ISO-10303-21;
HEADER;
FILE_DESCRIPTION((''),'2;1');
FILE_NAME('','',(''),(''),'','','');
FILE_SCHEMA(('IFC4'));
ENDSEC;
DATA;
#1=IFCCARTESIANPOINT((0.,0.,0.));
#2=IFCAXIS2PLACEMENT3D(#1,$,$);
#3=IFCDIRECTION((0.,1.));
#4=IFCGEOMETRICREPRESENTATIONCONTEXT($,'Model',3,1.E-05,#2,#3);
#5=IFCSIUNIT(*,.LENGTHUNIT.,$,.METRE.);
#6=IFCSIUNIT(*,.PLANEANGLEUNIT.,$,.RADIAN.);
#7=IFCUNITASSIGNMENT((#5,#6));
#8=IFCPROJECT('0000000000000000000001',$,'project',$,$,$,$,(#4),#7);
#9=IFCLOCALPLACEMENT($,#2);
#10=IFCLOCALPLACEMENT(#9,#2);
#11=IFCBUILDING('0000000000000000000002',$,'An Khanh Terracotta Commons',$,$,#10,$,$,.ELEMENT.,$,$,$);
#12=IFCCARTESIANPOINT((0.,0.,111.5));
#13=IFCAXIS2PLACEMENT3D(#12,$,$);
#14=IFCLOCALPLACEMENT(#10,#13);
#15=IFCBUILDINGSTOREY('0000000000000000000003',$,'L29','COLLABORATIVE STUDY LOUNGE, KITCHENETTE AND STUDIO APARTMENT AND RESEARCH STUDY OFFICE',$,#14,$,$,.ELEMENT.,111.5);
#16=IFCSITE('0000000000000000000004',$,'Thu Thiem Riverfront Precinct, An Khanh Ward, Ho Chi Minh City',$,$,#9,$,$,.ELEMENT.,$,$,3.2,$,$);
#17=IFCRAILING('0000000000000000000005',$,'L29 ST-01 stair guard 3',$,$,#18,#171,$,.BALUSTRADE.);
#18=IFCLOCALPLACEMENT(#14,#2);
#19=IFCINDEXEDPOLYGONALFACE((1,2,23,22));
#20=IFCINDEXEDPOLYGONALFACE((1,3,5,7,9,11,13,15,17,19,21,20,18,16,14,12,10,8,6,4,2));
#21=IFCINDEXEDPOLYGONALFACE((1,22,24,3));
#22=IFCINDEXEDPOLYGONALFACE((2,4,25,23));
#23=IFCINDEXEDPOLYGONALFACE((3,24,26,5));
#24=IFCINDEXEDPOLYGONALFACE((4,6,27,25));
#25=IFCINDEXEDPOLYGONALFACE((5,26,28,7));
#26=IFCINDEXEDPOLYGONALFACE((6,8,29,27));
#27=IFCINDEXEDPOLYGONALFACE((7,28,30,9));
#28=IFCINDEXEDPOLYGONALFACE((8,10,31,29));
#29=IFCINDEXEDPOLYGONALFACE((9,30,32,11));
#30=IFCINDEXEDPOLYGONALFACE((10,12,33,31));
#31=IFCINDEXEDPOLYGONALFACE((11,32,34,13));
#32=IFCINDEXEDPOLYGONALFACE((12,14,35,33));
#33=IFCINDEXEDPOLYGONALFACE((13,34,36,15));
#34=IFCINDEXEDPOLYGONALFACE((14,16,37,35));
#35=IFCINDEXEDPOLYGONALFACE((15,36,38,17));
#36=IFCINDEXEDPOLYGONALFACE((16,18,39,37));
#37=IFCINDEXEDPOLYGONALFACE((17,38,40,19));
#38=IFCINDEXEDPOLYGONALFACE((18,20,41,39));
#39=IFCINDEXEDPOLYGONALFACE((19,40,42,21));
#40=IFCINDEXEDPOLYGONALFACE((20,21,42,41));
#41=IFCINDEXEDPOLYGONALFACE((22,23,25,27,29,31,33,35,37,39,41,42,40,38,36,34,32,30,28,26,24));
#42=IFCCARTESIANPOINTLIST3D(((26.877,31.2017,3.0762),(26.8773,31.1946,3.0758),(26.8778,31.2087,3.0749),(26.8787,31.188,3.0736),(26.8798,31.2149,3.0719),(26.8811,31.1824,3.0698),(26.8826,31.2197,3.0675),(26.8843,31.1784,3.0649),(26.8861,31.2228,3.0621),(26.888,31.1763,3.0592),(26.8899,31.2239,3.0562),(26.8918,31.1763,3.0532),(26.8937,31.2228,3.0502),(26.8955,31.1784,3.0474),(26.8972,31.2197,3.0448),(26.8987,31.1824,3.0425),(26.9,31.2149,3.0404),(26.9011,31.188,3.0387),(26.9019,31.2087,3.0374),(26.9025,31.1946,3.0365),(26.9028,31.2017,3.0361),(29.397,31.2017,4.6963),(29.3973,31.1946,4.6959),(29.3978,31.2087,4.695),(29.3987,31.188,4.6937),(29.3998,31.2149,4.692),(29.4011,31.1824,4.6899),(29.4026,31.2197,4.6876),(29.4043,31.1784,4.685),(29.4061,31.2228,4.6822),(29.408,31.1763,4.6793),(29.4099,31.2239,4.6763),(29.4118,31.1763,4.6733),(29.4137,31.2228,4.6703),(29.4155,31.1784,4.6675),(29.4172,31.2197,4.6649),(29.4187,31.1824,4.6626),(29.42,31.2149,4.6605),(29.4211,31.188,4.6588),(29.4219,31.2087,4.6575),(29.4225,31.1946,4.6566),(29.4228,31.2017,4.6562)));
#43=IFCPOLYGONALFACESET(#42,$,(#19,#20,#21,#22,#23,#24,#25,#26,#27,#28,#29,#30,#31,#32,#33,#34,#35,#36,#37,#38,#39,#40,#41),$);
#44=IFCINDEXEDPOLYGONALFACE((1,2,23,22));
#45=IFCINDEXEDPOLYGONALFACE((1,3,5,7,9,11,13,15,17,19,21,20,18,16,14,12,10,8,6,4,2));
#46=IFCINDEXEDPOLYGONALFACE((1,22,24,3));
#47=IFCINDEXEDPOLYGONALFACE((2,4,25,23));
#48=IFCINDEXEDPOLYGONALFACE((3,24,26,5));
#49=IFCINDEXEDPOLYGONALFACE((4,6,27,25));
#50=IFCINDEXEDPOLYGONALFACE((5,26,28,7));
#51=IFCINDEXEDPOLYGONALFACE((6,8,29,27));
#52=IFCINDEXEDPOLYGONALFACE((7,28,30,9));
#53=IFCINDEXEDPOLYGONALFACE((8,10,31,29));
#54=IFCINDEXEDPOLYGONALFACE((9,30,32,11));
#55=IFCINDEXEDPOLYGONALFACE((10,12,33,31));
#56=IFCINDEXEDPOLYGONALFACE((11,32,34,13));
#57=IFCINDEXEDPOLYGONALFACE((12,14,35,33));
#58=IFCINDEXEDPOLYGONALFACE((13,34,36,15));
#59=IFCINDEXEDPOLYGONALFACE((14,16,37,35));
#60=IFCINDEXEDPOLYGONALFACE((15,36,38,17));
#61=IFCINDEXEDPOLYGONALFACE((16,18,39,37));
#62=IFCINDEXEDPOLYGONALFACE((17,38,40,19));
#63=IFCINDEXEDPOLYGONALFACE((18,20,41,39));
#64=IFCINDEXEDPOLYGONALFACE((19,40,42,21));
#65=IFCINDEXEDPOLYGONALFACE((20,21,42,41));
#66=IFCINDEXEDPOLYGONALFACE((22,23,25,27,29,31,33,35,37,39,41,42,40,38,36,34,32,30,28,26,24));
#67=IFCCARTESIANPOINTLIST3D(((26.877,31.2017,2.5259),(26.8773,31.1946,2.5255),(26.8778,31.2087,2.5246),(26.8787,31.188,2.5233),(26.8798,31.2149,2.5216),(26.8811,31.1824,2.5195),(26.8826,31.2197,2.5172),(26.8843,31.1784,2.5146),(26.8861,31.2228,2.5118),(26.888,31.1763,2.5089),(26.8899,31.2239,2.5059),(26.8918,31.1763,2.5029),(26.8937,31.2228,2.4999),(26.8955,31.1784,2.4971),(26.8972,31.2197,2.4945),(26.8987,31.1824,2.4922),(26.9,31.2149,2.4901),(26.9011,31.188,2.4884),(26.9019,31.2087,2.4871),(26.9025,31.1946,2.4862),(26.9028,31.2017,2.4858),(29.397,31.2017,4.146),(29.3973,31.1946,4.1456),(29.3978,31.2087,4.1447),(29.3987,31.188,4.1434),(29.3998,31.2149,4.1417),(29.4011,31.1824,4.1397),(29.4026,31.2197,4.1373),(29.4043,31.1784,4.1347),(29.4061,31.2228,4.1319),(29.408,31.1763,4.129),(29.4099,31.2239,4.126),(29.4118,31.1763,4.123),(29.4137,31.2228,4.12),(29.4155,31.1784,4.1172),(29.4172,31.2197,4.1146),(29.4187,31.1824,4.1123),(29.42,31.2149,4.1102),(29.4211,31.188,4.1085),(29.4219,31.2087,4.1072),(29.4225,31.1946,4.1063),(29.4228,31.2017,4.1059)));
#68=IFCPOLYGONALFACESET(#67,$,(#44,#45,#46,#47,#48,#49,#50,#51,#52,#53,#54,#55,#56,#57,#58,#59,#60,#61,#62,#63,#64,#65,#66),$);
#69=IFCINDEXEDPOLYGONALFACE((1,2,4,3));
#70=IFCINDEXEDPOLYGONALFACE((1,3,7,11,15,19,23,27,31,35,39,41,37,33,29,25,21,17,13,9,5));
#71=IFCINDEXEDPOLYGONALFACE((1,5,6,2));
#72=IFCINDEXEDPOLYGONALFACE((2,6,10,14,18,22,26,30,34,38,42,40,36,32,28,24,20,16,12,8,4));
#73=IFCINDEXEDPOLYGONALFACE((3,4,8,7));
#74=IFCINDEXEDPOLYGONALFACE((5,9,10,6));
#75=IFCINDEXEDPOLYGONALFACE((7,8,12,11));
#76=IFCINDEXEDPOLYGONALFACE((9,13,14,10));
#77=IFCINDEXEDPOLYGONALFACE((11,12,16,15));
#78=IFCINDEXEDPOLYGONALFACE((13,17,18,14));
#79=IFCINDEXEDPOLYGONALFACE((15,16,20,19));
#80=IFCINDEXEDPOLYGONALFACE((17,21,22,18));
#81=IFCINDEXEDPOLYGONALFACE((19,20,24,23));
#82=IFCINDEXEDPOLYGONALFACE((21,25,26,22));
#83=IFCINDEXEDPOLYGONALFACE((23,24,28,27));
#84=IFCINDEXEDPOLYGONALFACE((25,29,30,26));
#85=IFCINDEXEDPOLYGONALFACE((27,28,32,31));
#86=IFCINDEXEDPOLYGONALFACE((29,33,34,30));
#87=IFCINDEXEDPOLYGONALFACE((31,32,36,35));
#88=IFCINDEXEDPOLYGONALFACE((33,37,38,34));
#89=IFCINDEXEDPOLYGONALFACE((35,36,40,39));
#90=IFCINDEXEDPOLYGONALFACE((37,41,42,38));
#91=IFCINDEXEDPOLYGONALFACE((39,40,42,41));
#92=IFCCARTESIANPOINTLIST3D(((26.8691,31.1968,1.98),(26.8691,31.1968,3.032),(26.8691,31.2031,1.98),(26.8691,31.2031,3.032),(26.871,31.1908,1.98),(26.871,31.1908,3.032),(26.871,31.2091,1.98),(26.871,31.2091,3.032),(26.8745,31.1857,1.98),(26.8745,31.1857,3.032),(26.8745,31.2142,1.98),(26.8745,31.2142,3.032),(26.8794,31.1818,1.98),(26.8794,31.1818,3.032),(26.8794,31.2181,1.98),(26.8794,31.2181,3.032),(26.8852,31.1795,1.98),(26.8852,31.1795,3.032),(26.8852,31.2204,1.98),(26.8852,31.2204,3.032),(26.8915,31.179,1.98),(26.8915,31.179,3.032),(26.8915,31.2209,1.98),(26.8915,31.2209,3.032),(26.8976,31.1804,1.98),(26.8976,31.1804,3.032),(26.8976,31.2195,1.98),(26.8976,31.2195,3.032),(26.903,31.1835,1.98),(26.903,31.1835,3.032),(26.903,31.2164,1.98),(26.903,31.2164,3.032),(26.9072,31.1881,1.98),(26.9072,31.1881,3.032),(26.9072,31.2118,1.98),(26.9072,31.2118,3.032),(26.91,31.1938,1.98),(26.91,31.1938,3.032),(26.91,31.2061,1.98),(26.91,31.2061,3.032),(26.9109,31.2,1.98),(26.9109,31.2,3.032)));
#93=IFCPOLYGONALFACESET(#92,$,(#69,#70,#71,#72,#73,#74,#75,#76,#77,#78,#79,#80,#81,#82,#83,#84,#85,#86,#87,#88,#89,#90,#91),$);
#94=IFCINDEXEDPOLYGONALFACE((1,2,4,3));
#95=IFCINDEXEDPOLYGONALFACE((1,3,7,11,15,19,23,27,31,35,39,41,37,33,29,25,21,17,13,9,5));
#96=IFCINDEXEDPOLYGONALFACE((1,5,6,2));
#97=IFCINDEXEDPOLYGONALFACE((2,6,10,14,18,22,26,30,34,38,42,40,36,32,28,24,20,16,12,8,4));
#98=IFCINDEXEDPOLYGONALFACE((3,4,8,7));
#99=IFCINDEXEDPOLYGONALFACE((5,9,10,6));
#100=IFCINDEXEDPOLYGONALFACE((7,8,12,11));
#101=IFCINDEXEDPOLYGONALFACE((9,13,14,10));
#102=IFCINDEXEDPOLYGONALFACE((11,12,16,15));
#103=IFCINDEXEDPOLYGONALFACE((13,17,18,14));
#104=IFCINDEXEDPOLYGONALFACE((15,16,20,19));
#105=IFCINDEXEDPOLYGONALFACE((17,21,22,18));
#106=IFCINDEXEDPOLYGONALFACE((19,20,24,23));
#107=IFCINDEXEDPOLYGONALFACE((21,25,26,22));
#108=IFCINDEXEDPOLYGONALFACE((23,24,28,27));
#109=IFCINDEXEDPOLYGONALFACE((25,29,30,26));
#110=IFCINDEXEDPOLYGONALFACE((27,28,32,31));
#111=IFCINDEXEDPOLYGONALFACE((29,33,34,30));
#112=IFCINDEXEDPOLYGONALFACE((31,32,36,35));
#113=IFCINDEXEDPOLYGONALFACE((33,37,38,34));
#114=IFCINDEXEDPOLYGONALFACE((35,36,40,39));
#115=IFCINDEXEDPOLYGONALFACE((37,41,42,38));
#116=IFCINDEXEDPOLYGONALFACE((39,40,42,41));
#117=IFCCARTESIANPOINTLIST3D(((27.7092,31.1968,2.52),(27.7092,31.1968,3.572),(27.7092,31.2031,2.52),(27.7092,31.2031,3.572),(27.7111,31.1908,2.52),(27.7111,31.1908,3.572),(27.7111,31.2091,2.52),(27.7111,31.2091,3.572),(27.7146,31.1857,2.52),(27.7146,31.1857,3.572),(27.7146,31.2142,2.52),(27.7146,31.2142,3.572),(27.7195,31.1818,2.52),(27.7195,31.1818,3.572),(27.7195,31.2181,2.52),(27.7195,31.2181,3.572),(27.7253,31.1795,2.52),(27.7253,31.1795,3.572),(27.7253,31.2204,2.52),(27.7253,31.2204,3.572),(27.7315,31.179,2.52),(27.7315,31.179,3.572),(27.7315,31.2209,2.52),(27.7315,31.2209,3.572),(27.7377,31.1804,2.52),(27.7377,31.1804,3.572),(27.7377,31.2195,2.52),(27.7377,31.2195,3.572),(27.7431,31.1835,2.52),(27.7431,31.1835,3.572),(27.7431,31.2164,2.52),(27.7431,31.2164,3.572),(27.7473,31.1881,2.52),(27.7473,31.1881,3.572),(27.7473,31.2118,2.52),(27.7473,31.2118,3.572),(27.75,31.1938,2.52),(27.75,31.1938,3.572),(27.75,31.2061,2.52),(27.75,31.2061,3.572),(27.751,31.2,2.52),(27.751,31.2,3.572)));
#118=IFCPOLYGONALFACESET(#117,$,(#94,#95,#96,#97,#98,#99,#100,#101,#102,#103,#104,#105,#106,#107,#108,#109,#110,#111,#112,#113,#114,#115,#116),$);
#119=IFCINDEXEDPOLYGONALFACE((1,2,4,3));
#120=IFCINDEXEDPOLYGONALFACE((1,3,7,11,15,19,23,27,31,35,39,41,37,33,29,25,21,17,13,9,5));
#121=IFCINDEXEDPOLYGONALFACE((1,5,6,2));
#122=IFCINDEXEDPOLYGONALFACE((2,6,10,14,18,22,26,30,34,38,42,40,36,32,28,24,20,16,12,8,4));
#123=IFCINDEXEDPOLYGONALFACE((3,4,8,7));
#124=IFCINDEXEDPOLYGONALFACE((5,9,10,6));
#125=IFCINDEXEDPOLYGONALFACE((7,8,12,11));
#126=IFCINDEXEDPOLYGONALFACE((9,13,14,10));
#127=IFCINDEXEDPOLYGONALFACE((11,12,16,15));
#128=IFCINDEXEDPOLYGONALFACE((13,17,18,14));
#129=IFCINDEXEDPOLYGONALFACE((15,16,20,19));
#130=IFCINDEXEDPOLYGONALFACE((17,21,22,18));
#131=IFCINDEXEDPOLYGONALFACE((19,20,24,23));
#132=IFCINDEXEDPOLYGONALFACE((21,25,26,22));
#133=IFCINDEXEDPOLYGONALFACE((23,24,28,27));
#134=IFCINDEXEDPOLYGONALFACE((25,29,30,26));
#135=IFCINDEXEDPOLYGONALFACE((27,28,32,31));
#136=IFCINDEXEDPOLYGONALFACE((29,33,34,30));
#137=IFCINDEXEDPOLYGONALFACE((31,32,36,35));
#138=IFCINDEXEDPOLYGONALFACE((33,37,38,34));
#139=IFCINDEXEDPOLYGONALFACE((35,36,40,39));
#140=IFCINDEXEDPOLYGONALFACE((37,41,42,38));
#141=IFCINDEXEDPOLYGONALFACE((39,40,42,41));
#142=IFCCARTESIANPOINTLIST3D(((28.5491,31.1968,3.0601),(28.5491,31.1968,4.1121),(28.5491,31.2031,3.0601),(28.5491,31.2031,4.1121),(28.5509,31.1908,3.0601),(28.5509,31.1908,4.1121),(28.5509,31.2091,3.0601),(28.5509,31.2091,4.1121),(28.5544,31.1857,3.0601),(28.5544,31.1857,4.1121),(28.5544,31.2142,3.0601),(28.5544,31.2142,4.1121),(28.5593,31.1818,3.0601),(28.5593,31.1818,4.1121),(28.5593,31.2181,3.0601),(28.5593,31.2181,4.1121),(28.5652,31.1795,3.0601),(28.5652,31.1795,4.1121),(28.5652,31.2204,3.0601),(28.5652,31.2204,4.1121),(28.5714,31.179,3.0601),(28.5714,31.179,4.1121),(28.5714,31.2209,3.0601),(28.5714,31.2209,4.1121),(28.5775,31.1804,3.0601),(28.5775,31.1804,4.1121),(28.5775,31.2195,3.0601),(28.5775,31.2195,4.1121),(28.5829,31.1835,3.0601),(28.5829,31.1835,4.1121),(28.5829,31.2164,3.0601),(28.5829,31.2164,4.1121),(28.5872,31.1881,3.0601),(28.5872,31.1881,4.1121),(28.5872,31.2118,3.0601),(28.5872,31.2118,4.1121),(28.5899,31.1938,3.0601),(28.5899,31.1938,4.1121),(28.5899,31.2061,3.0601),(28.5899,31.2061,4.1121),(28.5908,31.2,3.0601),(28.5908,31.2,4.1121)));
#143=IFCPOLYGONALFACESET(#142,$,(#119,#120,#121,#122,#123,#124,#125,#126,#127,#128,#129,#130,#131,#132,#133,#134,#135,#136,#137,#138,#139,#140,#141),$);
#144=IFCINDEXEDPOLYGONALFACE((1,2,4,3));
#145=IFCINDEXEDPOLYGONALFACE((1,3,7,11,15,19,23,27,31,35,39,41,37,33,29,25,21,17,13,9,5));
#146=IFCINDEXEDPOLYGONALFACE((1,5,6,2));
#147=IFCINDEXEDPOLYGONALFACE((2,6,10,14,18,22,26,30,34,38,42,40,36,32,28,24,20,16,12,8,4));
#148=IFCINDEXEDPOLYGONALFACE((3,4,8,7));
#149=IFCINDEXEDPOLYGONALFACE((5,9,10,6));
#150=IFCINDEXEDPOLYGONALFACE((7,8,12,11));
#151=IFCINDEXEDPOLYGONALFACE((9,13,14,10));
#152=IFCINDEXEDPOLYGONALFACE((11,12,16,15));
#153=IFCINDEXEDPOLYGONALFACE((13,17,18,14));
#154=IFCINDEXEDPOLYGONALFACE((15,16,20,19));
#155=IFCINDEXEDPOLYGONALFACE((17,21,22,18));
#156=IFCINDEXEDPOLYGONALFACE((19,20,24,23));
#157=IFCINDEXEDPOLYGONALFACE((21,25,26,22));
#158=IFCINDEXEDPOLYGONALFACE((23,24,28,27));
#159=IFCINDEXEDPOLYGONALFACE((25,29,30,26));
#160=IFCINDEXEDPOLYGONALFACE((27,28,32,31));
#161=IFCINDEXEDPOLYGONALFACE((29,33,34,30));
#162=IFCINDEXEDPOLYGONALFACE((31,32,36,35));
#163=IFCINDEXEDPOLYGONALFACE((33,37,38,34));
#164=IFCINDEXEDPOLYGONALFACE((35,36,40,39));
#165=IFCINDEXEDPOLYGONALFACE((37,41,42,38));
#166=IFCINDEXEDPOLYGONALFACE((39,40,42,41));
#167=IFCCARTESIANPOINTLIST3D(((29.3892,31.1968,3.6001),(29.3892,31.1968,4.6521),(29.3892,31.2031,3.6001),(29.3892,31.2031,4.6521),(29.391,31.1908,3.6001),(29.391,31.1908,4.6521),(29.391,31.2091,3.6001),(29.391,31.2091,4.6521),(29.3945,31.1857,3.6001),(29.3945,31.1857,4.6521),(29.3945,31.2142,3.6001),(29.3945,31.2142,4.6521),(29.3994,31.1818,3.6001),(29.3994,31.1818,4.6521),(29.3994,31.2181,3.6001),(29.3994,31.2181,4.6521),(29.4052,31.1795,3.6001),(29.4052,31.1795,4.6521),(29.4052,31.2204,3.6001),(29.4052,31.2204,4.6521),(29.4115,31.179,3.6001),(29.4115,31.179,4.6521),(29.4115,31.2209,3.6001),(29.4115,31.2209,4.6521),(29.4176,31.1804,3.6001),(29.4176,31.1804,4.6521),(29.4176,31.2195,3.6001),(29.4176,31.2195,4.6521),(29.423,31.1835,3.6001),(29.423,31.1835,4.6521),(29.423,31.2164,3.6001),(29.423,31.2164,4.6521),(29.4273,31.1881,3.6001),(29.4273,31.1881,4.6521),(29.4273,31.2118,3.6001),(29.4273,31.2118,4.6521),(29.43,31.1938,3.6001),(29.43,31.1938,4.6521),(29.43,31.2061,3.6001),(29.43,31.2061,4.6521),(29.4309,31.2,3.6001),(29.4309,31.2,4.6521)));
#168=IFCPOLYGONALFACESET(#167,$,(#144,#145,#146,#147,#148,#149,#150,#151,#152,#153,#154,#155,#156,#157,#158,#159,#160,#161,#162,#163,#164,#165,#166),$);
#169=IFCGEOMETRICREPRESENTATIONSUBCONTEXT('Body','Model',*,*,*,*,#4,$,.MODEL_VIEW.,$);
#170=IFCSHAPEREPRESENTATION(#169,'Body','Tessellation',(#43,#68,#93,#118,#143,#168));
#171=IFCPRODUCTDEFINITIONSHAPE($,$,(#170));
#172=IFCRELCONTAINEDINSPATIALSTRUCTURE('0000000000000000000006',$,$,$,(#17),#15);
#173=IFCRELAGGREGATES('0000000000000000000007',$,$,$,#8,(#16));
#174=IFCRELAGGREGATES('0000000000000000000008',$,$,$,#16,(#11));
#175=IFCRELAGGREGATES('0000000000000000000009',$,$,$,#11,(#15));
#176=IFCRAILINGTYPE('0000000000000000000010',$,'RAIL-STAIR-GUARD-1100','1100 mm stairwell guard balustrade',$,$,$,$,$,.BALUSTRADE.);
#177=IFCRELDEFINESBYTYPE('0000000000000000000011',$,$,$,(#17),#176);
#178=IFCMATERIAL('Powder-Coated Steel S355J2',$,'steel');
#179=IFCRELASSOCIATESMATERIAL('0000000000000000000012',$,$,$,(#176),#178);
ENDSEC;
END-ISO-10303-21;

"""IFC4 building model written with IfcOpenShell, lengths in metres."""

from ifc_helpers import new_model, si_unit, direction, frame, origin, origin_2d, place, context, subcontext, project, spatial, circle, extrude, material, type_object, element, save


model = new_model("IFC4")

# Units and contexts
model_context = context("Model", 3, precision=1e-05, world=origin(), true_north=direction((0.0, 1.0)))
body_context = subcontext(model_context, "Body", "Model", "MODEL_VIEW")
ifc_project = project(units=[si_unit("LENGTHUNIT", "METRE"), si_unit("PLANEANGLEUNIT", "RADIAN")], contexts=[model_context])

# Site, building, storey
site_placement = place(None, origin())
site = spatial("IfcSite", under=ifc_project, at=site_placement, Name="Thu Thiem Riverfront Precinct, An Khanh Ward, Ho Chi Minh City", CompositionType="ELEMENT", RefElevation=3.2)
building_placement = place(site_placement, origin())
building = spatial("IfcBuilding", under=site, at=building_placement, Name="An Khanh Terracotta Commons", CompositionType="ELEMENT")
storey_placement = place(building_placement, frame((0.0, 0.0, 111.5)))
storey = spatial("IfcBuildingStorey", under=building, at=storey_placement, Name="L29", Description="COLLABORATIVE STUDY LOUNGE, KITCHENETTE AND STUDIO APARTMENT AND RESEARCH STUDY OFFICE", CompositionType="ELEMENT", Elevation=111.5)

# Railing
ifc_material_1 = material(Name="Powder-Coated Steel S355J2", Category="steel")
railing_type_1 = type_object("IfcRailingType", Name="RAIL-STAIR-GUARD-1100", Description="1100 mm stairwell guard balustrade", PredefinedType="BALUSTRADE", material=ifc_material_1)
railing_1_placement = place(storey_placement, frame((26.8899, 31.2, 1.98)))
element("IfcRailing", 1, at=railing_1_placement, inside=storey, type_object=railing_type_1, Name="L29 ST-01 stair guard 3", PredefinedType="BALUSTRADE", context=body_context, shape_type="SweptSolid", body=[
    extrude(circle(Radius=0.0239, at=origin_2d()), frame((0.0, 0.0, 1.0762), z_axis=(0.841163, 0.0, 0.540782), x_axis=(0.0, 1.0, 0.0)), (0.0, 0.0, 1.0), 2.9958),
    extrude(circle(Radius=0.0239, at=origin_2d()), frame((0.0, 0.0, 0.5259), z_axis=(0.841163, 0.0, 0.540782), x_axis=(0.0, 1.0, 0.0)), (0.0, 0.0, 1.0), 2.9958),
    extrude(circle(Radius=0.021, at=origin_2d()), origin(), (0.0, 0.0, 1.0), 1.052),
    extrude(circle(Radius=0.021, at=origin_2d()), frame((0.8401, 0.0, 0.54)), (0.0, 0.0, 1.0), 1.052),
    extrude(circle(Radius=0.021, at=origin_2d()), frame((1.6799, 0.0, 1.0801)), (0.0, 0.0, 1.0), 1.052),
    extrude(circle(Radius=0.021, at=origin_2d()), frame((2.52, 0.0, 1.6201)), (0.0, 0.0, 1.0), 1.052),
])

save(model, "model.ifc")
